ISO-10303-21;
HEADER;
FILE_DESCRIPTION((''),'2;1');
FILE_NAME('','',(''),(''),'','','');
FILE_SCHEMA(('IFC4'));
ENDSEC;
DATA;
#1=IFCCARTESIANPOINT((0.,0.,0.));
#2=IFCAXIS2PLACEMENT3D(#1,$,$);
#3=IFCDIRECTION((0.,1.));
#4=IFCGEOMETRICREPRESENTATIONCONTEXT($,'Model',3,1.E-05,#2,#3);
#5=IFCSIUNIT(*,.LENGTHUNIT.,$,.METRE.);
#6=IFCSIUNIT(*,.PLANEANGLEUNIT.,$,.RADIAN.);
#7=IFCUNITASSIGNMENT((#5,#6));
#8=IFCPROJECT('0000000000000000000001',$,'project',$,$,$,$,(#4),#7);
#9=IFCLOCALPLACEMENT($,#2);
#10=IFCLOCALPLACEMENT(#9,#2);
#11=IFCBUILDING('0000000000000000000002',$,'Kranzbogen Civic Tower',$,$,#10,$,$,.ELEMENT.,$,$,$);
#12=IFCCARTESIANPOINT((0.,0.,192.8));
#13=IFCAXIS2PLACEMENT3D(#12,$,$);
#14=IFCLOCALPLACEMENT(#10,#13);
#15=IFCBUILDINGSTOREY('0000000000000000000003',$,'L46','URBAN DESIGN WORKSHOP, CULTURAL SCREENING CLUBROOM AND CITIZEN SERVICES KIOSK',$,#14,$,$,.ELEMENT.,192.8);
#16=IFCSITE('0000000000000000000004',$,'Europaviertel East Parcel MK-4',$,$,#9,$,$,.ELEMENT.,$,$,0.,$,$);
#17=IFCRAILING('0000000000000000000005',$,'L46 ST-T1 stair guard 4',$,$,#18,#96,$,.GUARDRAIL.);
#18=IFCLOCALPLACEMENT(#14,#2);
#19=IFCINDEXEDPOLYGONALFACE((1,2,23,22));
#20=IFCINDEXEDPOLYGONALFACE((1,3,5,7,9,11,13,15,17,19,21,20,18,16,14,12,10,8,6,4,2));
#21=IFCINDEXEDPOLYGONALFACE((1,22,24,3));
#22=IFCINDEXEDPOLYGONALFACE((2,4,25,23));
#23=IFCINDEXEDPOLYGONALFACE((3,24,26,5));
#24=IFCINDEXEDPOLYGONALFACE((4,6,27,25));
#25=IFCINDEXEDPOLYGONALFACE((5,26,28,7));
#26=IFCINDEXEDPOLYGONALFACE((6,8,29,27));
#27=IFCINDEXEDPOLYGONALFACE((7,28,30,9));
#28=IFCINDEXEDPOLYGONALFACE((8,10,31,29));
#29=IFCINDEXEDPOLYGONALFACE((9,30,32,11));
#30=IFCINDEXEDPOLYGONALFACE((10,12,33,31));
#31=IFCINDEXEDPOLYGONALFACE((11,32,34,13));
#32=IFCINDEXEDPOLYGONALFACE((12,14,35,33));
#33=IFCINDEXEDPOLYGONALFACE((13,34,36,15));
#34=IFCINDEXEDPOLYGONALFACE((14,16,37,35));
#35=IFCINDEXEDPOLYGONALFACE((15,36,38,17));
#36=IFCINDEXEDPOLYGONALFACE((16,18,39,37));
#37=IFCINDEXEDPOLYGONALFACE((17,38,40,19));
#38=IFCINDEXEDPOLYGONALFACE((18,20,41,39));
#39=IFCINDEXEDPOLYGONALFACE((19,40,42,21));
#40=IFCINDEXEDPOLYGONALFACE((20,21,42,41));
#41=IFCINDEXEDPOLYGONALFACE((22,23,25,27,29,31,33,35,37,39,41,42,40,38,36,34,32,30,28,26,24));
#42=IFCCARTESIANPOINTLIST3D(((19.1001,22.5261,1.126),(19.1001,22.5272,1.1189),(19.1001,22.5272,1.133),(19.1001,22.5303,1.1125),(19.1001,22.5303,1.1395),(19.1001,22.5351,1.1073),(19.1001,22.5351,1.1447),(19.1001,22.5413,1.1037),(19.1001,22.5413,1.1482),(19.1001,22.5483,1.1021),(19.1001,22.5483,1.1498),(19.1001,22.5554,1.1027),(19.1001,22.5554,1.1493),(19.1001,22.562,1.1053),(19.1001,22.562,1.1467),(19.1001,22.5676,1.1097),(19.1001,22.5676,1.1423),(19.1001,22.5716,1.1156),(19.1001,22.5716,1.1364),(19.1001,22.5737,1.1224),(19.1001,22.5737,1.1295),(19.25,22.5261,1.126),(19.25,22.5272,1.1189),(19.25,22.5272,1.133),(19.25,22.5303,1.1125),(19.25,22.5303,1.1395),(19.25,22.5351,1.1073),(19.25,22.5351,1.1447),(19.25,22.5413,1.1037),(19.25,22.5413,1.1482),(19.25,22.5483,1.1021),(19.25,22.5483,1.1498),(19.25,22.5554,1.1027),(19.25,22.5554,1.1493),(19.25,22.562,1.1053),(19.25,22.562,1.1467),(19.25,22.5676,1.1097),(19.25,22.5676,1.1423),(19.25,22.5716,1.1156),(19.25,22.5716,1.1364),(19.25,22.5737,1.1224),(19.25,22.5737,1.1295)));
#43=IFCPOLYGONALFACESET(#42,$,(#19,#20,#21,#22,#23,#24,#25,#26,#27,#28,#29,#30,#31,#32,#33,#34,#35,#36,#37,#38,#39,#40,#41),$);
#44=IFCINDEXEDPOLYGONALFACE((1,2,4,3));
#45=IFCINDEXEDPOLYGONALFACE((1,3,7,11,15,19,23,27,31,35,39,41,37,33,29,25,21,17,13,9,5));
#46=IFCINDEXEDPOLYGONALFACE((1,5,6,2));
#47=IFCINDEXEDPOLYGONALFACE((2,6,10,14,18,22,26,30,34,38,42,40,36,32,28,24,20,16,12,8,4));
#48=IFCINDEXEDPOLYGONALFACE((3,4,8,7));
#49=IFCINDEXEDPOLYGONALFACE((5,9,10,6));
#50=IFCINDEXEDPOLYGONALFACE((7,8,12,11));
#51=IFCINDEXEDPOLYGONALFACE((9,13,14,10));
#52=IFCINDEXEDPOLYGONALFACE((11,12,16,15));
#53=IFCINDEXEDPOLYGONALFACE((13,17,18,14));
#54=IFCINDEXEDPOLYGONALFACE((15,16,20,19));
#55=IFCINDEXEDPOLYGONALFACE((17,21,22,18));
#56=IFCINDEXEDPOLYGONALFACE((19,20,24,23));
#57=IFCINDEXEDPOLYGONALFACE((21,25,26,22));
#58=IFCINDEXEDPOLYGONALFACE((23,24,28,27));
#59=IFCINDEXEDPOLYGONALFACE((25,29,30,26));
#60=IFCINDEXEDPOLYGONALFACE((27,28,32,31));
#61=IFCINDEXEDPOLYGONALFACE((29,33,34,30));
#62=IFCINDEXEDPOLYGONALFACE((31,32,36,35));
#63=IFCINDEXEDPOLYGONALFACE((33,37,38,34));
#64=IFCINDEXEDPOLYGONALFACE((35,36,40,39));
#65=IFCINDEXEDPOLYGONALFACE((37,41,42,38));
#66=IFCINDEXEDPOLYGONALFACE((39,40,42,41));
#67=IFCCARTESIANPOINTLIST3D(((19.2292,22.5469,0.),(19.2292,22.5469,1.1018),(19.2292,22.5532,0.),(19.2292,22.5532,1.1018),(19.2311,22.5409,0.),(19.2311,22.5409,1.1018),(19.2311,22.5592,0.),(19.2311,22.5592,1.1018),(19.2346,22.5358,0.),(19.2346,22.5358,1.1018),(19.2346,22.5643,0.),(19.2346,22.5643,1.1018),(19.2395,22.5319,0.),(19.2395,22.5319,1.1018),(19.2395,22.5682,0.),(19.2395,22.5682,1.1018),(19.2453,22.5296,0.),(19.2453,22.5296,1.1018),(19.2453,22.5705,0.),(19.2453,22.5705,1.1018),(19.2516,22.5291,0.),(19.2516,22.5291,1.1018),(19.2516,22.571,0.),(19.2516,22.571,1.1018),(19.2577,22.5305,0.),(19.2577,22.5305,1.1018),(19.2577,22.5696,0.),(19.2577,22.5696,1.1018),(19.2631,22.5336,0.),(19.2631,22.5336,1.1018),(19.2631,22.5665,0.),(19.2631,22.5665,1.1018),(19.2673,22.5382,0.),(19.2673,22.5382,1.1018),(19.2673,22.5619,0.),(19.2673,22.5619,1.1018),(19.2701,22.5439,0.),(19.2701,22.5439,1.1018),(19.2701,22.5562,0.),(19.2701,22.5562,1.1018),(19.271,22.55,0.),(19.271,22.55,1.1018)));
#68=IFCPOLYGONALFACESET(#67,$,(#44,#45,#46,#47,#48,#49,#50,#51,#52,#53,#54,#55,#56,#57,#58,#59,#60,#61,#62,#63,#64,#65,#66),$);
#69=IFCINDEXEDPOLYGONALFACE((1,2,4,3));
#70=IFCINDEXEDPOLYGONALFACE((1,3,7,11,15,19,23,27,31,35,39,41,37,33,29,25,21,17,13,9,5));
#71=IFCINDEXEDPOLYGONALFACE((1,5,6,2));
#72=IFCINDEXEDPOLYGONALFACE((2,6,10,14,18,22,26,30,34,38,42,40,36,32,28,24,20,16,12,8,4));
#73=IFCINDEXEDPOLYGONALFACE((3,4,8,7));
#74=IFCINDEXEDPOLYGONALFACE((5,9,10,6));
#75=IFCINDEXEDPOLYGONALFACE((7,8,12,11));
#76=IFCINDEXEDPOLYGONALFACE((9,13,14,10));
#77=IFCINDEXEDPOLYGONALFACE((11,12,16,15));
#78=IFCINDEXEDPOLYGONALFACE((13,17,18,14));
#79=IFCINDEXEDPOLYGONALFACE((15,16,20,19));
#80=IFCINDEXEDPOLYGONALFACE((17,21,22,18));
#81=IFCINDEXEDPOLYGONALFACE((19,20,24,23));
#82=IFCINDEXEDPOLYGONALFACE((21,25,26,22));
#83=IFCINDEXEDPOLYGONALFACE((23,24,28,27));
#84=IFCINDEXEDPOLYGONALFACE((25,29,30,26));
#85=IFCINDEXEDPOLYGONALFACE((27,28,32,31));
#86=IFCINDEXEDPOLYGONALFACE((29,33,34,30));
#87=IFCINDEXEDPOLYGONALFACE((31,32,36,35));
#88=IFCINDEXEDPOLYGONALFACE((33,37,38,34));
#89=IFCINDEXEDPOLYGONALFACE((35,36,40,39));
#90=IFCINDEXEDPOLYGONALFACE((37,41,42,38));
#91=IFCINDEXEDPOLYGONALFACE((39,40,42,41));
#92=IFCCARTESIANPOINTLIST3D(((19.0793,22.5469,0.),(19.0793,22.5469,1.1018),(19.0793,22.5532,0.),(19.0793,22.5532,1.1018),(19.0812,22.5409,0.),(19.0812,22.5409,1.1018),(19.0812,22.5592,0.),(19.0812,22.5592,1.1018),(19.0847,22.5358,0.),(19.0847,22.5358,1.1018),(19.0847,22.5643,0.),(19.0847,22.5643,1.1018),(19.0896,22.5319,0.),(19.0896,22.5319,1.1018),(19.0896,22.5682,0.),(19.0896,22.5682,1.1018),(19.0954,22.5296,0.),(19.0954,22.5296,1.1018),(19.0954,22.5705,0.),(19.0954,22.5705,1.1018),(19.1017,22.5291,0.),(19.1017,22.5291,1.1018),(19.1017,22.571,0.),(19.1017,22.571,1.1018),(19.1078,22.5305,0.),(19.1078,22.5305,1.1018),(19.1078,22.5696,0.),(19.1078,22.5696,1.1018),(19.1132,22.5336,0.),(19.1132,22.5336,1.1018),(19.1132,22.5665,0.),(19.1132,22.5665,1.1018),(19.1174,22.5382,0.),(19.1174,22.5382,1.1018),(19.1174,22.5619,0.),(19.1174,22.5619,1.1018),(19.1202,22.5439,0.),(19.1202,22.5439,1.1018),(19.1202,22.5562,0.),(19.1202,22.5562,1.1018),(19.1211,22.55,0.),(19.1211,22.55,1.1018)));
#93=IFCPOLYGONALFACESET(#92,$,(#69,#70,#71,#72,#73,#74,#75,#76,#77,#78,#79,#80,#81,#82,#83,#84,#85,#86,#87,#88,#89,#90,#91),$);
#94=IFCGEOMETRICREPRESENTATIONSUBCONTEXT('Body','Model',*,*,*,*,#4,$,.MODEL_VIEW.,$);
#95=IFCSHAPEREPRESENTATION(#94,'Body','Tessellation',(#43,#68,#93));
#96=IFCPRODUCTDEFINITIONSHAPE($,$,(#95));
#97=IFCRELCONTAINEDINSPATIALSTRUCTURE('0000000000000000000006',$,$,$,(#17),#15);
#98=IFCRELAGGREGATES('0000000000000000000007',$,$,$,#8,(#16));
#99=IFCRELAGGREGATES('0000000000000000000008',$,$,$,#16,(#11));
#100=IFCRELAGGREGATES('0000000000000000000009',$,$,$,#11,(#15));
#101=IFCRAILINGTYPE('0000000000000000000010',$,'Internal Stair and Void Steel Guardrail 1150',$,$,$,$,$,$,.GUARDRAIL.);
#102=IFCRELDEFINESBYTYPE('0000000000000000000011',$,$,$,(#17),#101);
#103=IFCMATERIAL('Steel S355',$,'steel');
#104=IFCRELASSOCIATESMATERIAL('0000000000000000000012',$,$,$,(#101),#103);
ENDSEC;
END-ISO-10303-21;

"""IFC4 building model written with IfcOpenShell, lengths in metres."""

from ifc_helpers import new_model, si_unit, direction, frame, origin, origin_2d, place, context, subcontext, project, spatial, circle, extrude, material, type_object, element, save


model = new_model("IFC4")

# Units and contexts
model_context = context("Model", 3, precision=1e-05, world=origin(), true_north=direction((0.0, 1.0)))
body_context = subcontext(model_context, "Body", "Model", "MODEL_VIEW")
ifc_project = project(units=[si_unit("LENGTHUNIT", "METRE"), si_unit("PLANEANGLEUNIT", "RADIAN")], contexts=[model_context])

# Site, building, storey
site_placement = place(None, origin())
site = spatial("IfcSite", under=ifc_project, at=site_placement, Name="Europaviertel East Parcel MK-4", CompositionType="ELEMENT", RefElevation=0.0)
building_placement = place(site_placement, origin())
building = spatial("IfcBuilding", under=site, at=building_placement, Name="Kranzbogen Civic Tower", CompositionType="ELEMENT")
storey_placement = place(building_placement, frame((0.0, 0.0, 192.8)))
storey = spatial("IfcBuildingStorey", under=building, at=storey_placement, Name="L46", Description="URBAN DESIGN WORKSHOP, CULTURAL SCREENING CLUBROOM AND CITIZEN SERVICES KIOSK", CompositionType="ELEMENT", Elevation=192.8)

# Shared definitions
ifc_material_1 = material(Name="Steel S355", Category="steel")

# Railing
railing_type_1 = type_object("IfcRailingType", Name="Internal Stair and Void Steel Guardrail 1150", PredefinedType="GUARDRAIL", material=ifc_material_1)
railing_1_placement = place(storey_placement, frame((19.25, 22.55, 0.0)))
element("IfcRailing", 1, at=railing_1_placement, inside=storey, type_object=railing_type_1, Name="L46 ST-T1 stair guard 4", PredefinedType="GUARDRAIL", context=body_context, shape_type="SweptSolid", body=[
    extrude(circle(Radius=0.0239, at=origin_2d()), frame((0.0, 0.0, 1.126), z_axis=(-1.0, 0.0, 0.0), x_axis=(0.0, -1.0, 0.0)), (0.0, 0.0, 1.0), 0.1499),
    extrude(circle(Radius=0.021, at=origin_2d()), origin(), (0.0, 0.0, 1.0), 1.1018),
    extrude(circle(Radius=0.021, at=origin_2d()), frame((-0.1499, 0.0, 0.0)), (0.0, 0.0, 1.0), 1.1018),
])

save(model, "model.ifc")
